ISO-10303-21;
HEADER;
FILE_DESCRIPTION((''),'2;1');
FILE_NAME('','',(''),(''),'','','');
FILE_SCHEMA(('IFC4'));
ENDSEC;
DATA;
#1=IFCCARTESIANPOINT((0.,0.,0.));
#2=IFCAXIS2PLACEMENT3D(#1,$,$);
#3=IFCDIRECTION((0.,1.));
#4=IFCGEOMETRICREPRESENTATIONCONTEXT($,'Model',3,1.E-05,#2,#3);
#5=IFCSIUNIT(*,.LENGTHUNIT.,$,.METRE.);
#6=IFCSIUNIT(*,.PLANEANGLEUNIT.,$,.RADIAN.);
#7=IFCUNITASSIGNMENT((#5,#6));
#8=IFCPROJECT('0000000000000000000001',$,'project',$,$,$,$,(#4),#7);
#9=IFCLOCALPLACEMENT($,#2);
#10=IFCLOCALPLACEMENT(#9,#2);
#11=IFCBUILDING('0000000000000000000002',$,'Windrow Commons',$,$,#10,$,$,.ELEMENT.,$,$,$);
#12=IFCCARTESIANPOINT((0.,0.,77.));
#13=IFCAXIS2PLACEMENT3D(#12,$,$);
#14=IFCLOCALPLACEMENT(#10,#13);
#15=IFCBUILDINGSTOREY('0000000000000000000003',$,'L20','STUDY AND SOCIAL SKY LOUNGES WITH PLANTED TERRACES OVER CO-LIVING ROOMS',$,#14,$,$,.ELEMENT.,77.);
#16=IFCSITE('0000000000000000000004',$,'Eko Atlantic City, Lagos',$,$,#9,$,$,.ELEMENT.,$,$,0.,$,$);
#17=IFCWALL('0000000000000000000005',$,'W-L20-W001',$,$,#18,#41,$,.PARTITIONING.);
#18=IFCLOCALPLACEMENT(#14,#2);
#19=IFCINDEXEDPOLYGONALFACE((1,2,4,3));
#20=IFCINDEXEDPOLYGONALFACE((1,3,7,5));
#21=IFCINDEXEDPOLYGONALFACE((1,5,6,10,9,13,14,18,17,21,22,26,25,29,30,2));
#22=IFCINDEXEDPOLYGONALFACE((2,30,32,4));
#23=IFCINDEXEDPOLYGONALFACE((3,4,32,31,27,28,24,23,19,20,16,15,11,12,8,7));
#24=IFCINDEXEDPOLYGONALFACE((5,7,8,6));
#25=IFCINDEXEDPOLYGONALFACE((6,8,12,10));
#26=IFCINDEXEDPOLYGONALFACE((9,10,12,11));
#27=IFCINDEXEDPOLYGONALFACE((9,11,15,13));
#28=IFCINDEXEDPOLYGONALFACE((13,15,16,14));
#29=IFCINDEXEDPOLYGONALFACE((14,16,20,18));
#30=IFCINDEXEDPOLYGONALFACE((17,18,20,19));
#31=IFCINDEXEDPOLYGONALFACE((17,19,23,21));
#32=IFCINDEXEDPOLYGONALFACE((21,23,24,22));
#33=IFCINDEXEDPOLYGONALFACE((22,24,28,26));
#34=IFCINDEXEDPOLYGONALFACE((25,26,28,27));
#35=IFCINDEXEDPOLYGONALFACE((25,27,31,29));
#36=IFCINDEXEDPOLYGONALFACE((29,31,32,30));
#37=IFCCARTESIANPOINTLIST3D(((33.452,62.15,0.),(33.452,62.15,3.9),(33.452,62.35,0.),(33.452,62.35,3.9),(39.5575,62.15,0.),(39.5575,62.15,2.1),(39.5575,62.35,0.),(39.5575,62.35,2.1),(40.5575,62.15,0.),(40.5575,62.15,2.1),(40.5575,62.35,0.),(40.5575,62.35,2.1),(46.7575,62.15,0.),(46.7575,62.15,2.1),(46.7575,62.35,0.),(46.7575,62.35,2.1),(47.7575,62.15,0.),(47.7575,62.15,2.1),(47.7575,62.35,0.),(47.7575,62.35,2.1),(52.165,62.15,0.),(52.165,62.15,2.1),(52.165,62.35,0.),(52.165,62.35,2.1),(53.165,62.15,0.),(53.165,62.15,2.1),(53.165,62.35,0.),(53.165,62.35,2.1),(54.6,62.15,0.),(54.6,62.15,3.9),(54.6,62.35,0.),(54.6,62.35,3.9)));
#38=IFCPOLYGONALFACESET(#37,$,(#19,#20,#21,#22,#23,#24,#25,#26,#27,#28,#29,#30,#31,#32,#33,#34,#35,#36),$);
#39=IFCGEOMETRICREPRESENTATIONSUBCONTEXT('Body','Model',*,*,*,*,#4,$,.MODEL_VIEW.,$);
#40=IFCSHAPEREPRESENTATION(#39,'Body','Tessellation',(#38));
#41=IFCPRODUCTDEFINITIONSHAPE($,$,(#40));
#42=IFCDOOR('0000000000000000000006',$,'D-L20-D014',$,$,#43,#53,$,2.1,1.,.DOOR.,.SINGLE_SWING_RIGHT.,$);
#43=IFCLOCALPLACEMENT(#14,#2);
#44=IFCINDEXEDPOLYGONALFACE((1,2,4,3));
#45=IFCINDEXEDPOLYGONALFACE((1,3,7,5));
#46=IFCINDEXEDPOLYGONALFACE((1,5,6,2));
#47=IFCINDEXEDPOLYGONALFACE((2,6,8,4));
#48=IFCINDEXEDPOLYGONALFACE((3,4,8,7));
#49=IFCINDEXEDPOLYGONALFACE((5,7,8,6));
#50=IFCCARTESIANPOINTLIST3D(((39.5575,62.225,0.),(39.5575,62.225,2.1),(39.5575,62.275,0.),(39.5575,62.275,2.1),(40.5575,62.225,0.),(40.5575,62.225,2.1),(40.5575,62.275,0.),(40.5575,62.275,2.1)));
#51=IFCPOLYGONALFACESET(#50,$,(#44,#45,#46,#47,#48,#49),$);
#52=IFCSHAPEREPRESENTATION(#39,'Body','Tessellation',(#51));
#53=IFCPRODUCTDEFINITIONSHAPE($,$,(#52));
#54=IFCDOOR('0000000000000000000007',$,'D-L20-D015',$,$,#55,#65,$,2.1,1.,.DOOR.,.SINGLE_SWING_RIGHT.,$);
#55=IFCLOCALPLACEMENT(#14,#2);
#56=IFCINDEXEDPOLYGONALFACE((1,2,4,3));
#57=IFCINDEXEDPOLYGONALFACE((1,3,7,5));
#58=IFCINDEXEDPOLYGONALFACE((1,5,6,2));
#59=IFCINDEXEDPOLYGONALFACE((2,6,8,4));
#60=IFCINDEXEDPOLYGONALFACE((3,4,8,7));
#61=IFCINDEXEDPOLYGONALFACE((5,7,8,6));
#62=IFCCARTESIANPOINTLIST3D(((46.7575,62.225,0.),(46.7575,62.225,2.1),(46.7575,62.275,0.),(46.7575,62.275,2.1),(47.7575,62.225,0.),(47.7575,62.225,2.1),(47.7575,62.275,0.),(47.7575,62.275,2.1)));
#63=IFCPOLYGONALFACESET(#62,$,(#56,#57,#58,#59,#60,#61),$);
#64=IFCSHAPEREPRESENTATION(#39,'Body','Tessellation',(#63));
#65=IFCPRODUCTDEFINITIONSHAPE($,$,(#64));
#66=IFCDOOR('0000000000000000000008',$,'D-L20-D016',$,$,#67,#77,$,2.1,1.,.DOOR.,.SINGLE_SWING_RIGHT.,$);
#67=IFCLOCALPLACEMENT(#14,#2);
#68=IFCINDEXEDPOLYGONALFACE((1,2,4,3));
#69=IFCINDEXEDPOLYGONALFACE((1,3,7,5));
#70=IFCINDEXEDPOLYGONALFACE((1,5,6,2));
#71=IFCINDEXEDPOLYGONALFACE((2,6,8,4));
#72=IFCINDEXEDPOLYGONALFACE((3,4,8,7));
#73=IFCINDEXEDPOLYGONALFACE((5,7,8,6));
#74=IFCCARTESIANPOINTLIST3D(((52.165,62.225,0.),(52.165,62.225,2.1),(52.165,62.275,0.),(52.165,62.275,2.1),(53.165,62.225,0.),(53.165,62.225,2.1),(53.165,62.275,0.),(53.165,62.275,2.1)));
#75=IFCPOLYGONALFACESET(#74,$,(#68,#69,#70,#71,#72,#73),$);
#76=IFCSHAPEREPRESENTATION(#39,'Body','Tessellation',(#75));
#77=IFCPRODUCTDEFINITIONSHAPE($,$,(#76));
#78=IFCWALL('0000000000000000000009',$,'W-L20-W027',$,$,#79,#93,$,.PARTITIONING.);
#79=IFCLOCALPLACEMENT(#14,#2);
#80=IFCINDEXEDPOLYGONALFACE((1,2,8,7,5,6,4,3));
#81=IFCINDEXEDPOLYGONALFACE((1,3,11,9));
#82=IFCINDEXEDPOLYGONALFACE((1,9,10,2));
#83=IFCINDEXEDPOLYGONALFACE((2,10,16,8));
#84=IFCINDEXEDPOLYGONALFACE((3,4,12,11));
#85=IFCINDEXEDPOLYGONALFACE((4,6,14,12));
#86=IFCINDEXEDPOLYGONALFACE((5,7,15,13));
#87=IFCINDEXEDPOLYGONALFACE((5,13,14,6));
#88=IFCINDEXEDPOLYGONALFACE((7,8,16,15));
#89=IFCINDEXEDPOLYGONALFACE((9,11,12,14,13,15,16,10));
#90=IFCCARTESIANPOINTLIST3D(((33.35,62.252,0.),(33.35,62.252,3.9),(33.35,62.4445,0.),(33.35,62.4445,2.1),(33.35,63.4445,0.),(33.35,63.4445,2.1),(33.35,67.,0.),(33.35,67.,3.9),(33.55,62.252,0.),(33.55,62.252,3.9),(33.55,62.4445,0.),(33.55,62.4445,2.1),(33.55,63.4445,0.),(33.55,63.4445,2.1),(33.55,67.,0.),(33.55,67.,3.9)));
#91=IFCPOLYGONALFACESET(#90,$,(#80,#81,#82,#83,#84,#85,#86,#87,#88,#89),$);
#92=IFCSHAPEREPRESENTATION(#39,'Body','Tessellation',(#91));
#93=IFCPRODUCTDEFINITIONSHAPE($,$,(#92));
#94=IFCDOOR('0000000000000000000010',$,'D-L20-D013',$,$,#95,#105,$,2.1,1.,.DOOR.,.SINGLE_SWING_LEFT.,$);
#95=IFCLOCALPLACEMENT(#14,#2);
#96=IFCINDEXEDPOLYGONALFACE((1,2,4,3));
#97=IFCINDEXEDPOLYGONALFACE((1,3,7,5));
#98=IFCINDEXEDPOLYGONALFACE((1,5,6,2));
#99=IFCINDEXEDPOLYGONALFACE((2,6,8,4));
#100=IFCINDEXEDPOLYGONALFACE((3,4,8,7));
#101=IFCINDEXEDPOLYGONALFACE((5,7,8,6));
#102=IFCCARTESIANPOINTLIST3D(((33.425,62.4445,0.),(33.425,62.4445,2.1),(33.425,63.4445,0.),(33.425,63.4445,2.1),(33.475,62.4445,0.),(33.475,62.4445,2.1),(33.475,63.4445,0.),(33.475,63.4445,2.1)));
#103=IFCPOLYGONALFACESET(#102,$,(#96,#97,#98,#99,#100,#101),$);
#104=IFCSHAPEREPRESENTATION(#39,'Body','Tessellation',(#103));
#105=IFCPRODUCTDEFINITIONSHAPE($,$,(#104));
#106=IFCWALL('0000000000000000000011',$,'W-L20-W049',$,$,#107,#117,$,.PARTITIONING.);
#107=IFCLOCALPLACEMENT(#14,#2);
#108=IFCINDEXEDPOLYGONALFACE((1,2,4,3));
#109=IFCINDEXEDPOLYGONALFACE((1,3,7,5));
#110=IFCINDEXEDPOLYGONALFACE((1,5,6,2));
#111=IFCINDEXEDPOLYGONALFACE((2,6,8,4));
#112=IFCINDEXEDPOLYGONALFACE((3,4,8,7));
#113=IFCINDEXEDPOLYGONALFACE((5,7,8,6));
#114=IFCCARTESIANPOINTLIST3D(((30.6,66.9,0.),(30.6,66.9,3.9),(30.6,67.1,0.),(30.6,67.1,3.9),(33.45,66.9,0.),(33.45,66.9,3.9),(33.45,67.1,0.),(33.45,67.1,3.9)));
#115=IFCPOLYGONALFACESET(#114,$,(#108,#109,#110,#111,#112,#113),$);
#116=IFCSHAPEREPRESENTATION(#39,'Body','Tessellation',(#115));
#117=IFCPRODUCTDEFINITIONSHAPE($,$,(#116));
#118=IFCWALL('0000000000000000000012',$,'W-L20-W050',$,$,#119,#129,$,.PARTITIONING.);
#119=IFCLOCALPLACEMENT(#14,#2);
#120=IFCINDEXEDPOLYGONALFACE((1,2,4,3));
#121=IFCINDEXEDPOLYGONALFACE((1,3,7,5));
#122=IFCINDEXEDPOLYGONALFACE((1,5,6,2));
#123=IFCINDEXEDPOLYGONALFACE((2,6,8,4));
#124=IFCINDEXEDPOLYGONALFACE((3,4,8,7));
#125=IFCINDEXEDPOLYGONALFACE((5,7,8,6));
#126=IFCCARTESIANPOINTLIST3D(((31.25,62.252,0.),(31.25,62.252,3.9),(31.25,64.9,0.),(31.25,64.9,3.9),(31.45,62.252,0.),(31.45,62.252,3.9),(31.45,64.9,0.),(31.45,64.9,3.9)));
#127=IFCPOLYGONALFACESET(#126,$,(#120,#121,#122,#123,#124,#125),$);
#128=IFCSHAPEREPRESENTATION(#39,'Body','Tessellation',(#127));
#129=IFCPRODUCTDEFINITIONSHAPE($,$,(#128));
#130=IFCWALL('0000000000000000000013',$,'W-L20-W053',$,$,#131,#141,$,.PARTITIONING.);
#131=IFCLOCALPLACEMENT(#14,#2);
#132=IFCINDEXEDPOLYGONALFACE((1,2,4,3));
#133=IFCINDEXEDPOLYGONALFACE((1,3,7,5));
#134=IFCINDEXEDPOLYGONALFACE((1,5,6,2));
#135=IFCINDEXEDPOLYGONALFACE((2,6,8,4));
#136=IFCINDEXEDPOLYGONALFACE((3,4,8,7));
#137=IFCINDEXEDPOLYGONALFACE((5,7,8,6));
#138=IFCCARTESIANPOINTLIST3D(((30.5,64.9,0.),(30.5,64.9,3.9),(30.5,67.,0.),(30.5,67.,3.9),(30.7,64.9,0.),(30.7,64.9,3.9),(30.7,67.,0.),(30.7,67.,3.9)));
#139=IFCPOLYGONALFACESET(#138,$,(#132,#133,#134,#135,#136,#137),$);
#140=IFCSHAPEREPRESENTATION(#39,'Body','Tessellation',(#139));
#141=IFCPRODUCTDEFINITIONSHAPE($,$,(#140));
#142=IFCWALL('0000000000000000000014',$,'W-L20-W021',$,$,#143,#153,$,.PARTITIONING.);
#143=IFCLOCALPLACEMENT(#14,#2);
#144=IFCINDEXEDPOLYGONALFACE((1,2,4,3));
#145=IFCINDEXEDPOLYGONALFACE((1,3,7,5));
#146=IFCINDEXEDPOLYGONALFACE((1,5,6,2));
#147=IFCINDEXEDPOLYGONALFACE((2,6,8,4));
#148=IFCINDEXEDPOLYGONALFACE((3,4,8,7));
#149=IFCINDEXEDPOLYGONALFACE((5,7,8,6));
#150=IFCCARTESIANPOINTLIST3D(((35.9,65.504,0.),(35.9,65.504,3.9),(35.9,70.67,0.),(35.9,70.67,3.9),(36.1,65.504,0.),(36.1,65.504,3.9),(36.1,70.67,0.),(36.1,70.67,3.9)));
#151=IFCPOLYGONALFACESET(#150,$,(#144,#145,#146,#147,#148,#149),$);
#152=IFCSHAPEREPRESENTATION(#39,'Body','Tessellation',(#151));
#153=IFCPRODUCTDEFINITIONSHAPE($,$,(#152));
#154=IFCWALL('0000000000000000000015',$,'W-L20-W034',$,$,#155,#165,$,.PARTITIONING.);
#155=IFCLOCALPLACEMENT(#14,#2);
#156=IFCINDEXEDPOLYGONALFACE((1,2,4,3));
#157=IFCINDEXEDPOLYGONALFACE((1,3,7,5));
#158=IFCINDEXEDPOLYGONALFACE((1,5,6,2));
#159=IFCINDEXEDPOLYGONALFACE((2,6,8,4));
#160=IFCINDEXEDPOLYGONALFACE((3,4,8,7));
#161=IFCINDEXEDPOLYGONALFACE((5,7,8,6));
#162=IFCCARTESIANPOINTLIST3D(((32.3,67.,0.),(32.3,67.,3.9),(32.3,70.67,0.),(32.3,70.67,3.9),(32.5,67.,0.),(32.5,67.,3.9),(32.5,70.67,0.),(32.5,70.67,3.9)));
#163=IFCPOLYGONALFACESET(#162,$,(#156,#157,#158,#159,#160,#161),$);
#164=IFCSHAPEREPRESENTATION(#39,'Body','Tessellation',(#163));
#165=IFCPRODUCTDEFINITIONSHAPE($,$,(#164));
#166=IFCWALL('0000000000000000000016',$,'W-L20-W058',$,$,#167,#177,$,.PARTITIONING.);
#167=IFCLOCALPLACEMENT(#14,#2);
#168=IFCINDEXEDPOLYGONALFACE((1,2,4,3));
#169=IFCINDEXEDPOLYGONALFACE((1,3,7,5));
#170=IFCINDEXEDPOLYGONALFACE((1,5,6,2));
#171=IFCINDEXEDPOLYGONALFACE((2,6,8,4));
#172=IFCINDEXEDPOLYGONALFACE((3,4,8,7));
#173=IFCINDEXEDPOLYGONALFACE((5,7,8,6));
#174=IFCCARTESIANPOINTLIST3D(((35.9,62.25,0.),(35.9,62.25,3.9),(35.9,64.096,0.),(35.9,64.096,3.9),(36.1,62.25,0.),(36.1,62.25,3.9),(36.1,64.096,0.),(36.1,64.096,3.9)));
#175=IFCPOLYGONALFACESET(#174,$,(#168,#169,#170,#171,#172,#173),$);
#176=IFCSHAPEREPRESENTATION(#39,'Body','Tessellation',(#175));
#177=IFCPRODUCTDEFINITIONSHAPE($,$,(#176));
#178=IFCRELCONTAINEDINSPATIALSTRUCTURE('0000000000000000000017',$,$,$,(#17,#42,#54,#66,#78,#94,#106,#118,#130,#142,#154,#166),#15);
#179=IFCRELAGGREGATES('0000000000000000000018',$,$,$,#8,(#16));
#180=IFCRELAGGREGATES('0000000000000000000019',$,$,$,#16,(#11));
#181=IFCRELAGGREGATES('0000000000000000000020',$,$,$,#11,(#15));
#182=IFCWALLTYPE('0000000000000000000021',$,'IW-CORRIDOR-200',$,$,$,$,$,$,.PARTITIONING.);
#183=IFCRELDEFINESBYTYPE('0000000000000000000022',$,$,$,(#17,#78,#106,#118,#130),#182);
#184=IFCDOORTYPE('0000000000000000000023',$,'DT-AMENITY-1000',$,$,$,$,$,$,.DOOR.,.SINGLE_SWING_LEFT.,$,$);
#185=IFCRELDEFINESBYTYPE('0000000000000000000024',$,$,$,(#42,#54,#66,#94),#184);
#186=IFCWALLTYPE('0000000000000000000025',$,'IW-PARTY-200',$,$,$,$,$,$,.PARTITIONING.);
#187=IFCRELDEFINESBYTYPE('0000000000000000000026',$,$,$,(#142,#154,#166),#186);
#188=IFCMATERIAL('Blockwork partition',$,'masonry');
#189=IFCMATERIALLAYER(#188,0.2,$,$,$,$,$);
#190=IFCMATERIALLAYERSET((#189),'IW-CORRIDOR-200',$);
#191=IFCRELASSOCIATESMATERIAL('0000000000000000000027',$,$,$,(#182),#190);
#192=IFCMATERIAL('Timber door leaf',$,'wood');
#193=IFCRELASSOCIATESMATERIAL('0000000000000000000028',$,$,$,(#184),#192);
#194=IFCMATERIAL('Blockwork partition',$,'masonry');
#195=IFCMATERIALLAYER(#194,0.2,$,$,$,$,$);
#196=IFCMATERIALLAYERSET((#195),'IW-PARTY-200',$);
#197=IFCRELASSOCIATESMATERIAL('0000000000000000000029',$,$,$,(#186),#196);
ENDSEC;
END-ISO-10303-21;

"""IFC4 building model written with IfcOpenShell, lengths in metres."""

from ifc_helpers import new_model, si_unit, direction, frame, frame_2d, origin, place, context, subcontext, project, spatial, rectangle, extrude, material, layer, layer_set, type_object, element, fill, save


model = new_model("IFC4")

# Units and contexts
model_context = context("Model", 3, precision=1e-05, world=origin(), true_north=direction((0.0, 1.0)))
body_context = subcontext(model_context, "Body", "Model", "MODEL_VIEW")
ifc_project = project(units=[si_unit("LENGTHUNIT", "METRE"), si_unit("PLANEANGLEUNIT", "RADIAN")], contexts=[model_context])

# Site, building, storey
site_placement = place(None, origin())
site = spatial("IfcSite", under=ifc_project, at=site_placement, Name="Eko Atlantic City, Lagos", CompositionType="ELEMENT", RefElevation=0.0)
building_placement = place(site_placement, origin())
building = spatial("IfcBuilding", under=site, at=building_placement, Name="Windrow Commons", CompositionType="ELEMENT")
storey_placement = place(building_placement, frame((0.0, 0.0, 77.0)))
storey = spatial("IfcBuildingStorey", under=building, at=storey_placement, Name="L20", Description="STUDY AND SOCIAL SKY LOUNGES WITH PLANTED TERRACES OVER CO-LIVING ROOMS", CompositionType="ELEMENT", Elevation=77.0)

# Wall, openings, doors
ifc_material_1 = material(Name="Blockwork partition", Category="masonry")
ifc_layer_1 = layer(ifc_material_1, 0.2)
ifc_layer_set_1 = layer_set([ifc_layer_1], Name="IW-CORRIDOR-200")
wall_type_1 = type_object("IfcWallType", Name="IW-CORRIDOR-200", PredefinedType="PARTITIONING", material=ifc_layer_set_1)
wall_1_placement = place(storey_placement, frame((33.452, 62.25, 0.0), z_axis=(0.0, 0.0, 1.0), x_axis=(1.0, 0.0, 0.0)))
wall_1 = element("IfcWall", 1, at=wall_1_placement, inside=storey, type_object=wall_type_1, Name="W-L20-W001", PredefinedType="PARTITIONING", context=body_context, shape_type="SweptSolid", body=[
    extrude(rectangle(XDim=21.148, YDim=0.2, at=frame_2d((10.574, 0.0))), origin(), (0.0, 0.0, 1.0), 3.9),
])
opening_1_placement = place(wall_1_placement, frame((6.1055, 0.0, 0.0)))
opening_1 = element("IfcOpeningElement", 2, at=opening_1_placement, cuts=wall_1, PredefinedType="OPENING", context=body_context, shape_type="SweptSolid", body=[
    extrude(rectangle(XDim=1.0, YDim=2.1, at=frame_2d((0.5, 1.05))), frame((0.0, 0.11, 0.0), z_axis=(0.0, -1.0, 0.0), x_axis=(1.0, 0.0, 0.0)), (0.0, 0.0, 1.0), 0.22),
])
opening_2_placement = place(wall_1_placement, frame((13.3055, 0.0, 0.0)))
opening_2 = element("IfcOpeningElement", 3, at=opening_2_placement, cuts=wall_1, PredefinedType="OPENING", context=body_context, shape_type="SweptSolid", body=[
    extrude(rectangle(XDim=1.0, YDim=2.1, at=frame_2d((0.5, 1.05))), frame((0.0, 0.11, 0.0), z_axis=(0.0, -1.0, 0.0), x_axis=(1.0, 0.0, 0.0)), (0.0, 0.0, 1.0), 0.22),
])
opening_3_placement = place(wall_1_placement, frame((18.713, 0.0, 0.0)))
opening_3 = element("IfcOpeningElement", 4, at=opening_3_placement, cuts=wall_1, PredefinedType="OPENING", context=body_context, shape_type="SweptSolid", body=[
    extrude(rectangle(XDim=1.0, YDim=2.1, at=frame_2d((0.5, 1.05))), frame((0.0, 0.11, 0.0), z_axis=(0.0, -1.0, 0.0), x_axis=(1.0, 0.0, 0.0)), (0.0, 0.0, 1.0), 0.22),
])
ifc_material_2 = material(Name="Timber door leaf", Category="wood")
door_type = type_object("IfcDoorType", Name="DT-AMENITY-1000", OperationType="SINGLE_SWING_LEFT", PredefinedType="DOOR", material=ifc_material_2)
door_1_placement = place(opening_1_placement, origin())
door_1 = element("IfcDoor", 5, at=door_1_placement, inside=storey, type_object=door_type, Name="D-L20-D014", OperationType="SINGLE_SWING_RIGHT", OverallHeight=2.1, OverallWidth=1.0, PredefinedType="DOOR", context=body_context, shape_type="SweptSolid", body=[
    extrude(rectangle(XDim=1.0, YDim=2.1, at=frame_2d((0.5, 1.05))), frame((0.0, 0.025, 0.0), z_axis=(0.0, -1.0, 0.0), x_axis=(1.0, 0.0, 0.0)), (0.0, 0.0, 1.0), 0.05),
])
fill(opening_1, door_1)
door_2_placement = place(opening_2_placement, origin())
door_2 = element("IfcDoor", 6, at=door_2_placement, inside=storey, type_object=door_type, Name="D-L20-D015", OperationType="SINGLE_SWING_RIGHT", OverallHeight=2.1, OverallWidth=1.0, PredefinedType="DOOR", context=body_context, shape_type="SweptSolid", body=[
    extrude(rectangle(XDim=1.0, YDim=2.1, at=frame_2d((0.5, 1.05))), frame((0.0, 0.025, 0.0), z_axis=(0.0, -1.0, 0.0), x_axis=(1.0, 0.0, 0.0)), (0.0, 0.0, 1.0), 0.05),
])
fill(opening_2, door_2)
door_3_placement = place(opening_3_placement, origin())
door_3 = element("IfcDoor", 7, at=door_3_placement, inside=storey, type_object=door_type, Name="D-L20-D016", OperationType="SINGLE_SWING_RIGHT", OverallHeight=2.1, OverallWidth=1.0, PredefinedType="DOOR", context=body_context, shape_type="SweptSolid", body=[
    extrude(rectangle(XDim=1.0, YDim=2.1, at=frame_2d((0.5, 1.05))), frame((0.0, 0.025, 0.0), z_axis=(0.0, -1.0, 0.0), x_axis=(1.0, 0.0, 0.0)), (0.0, 0.0, 1.0), 0.05),
])
fill(opening_3, door_3)

# Wall, opening, door
wall_2_placement = place(storey_placement, frame((33.45, 62.252, 0.0), z_axis=(0.0, 0.0, 1.0), x_axis=(0.0, 1.0, 0.0)))
wall_2 = element("IfcWall", 8, at=wall_2_placement, inside=storey, type_object=wall_type_1, Name="W-L20-W027", PredefinedType="PARTITIONING", context=body_context, shape_type="SweptSolid", body=[
    extrude(rectangle(XDim=4.748, YDim=0.2, at=frame_2d((2.374, 0.0))), origin(), (0.0, 0.0, 1.0), 3.9),
])
opening_4_placement = place(wall_2_placement, frame((0.1925, 0.0, 0.0)))
opening_4 = element("IfcOpeningElement", 9, at=opening_4_placement, cuts=wall_2, PredefinedType="OPENING", context=body_context, shape_type="SweptSolid", body=[
    extrude(rectangle(XDim=1.0, YDim=2.1, at=frame_2d((0.5, 1.05))), frame((0.0, 0.11, 0.0), z_axis=(0.0, -1.0, 0.0), x_axis=(1.0, 0.0, 0.0)), (0.0, 0.0, 1.0), 0.22),
])
door_4_placement = place(opening_4_placement, origin())
door_4 = element("IfcDoor", 10, at=door_4_placement, inside=storey, type_object=door_type, Name="D-L20-D013", OperationType="SINGLE_SWING_LEFT", OverallHeight=2.1, OverallWidth=1.0, PredefinedType="DOOR", context=body_context, shape_type="SweptSolid", body=[
    extrude(rectangle(XDim=1.0, YDim=2.1, at=frame_2d((0.5, 1.05))), frame((0.0, 0.025, 0.0), z_axis=(0.0, -1.0, 0.0), x_axis=(1.0, 0.0, 0.0)), (0.0, 0.0, 1.0), 0.05),
])
fill(opening_4, door_4)

# Walls
wall_3_placement = place(storey_placement, frame((30.6, 67.0, 0.0), z_axis=(0.0, 0.0, 1.0), x_axis=(1.0, 0.0, 0.0)))
element("IfcWall", 11, at=wall_3_placement, inside=storey, type_object=wall_type_1, Name="W-L20-W049", PredefinedType="PARTITIONING", context=body_context, shape_type="SweptSolid", body=[
    extrude(rectangle(XDim=2.85, YDim=0.2, at=frame_2d((1.425, 0.0))), origin(), (0.0, 0.0, 1.0), 3.9),
])
wall_4_placement = place(storey_placement, frame((31.35, 62.252, 0.0), z_axis=(0.0, 0.0, 1.0), x_axis=(0.0, 1.0, 0.0)))
element("IfcWall", 12, at=wall_4_placement, inside=storey, type_object=wall_type_1, Name="W-L20-W050", PredefinedType="PARTITIONING", context=body_context, shape_type="SweptSolid", body=[
    extrude(rectangle(XDim=2.648, YDim=0.2, at=frame_2d((1.324, 0.0))), origin(), (0.0, 0.0, 1.0), 3.9),
])
wall_5_placement = place(storey_placement, frame((30.6, 64.9, 0.0), z_axis=(0.0, 0.0, 1.0), x_axis=(0.0, 1.0, 0.0)))
element("IfcWall", 13, at=wall_5_placement, inside=storey, type_object=wall_type_1, Name="W-L20-W053", PredefinedType="PARTITIONING", context=body_context, shape_type="SweptSolid", body=[
    extrude(rectangle(XDim=2.1, YDim=0.2, at=frame_2d((1.05, 0.0))), origin(), (0.0, 0.0, 1.0), 3.9),
])
ifc_material_3 = material(Name="Blockwork partition", Category="masonry")
ifc_layer_2 = layer(ifc_material_3, 0.2)
ifc_layer_set_2 = layer_set([ifc_layer_2], Name="IW-PARTY-200")
wall_type_2 = type_object("IfcWallType", Name="IW-PARTY-200", PredefinedType="PARTITIONING", material=ifc_layer_set_2)
wall_6_placement = place(storey_placement, frame((36.0, 65.504, 0.0), z_axis=(0.0, 0.0, 1.0), x_axis=(0.0, 1.0, 0.0)))
element("IfcWall", 14, at=wall_6_placement, inside=storey, type_object=wall_type_2, Name="W-L20-W021", PredefinedType="PARTITIONING", context=body_context, shape_type="SweptSolid", body=[
    extrude(rectangle(XDim=5.166, YDim=0.2, at=frame_2d((2.583, 0.0))), origin(), (0.0, 0.0, 1.0), 3.9),
])
wall_7_placement = place(storey_placement, frame((32.4, 67.0, 0.0), z_axis=(0.0, 0.0, 1.0), x_axis=(0.0, 1.0, 0.0)))
element("IfcWall", 15, at=wall_7_placement, inside=storey, type_object=wall_type_2, Name="W-L20-W034", PredefinedType="PARTITIONING", context=body_context, shape_type="SweptSolid", body=[
    extrude(rectangle(XDim=3.67, YDim=0.2, at=frame_2d((1.835, 0.0))), origin(), (0.0, 0.0, 1.0), 3.9),
])
wall_8_placement = place(storey_placement, frame((36.0, 62.25, 0.0), z_axis=(0.0, 0.0, 1.0), x_axis=(0.0, 1.0, 0.0)))
element("IfcWall", 16, at=wall_8_placement, inside=storey, type_object=wall_type_2, Name="W-L20-W058", PredefinedType="PARTITIONING", context=body_context, shape_type="SweptSolid", body=[
    extrude(rectangle(XDim=1.846, YDim=0.2, at=frame_2d((0.923, 0.0))), origin(), (0.0, 0.0, 1.0), 3.9),
])

save(model, "model.ifc")
